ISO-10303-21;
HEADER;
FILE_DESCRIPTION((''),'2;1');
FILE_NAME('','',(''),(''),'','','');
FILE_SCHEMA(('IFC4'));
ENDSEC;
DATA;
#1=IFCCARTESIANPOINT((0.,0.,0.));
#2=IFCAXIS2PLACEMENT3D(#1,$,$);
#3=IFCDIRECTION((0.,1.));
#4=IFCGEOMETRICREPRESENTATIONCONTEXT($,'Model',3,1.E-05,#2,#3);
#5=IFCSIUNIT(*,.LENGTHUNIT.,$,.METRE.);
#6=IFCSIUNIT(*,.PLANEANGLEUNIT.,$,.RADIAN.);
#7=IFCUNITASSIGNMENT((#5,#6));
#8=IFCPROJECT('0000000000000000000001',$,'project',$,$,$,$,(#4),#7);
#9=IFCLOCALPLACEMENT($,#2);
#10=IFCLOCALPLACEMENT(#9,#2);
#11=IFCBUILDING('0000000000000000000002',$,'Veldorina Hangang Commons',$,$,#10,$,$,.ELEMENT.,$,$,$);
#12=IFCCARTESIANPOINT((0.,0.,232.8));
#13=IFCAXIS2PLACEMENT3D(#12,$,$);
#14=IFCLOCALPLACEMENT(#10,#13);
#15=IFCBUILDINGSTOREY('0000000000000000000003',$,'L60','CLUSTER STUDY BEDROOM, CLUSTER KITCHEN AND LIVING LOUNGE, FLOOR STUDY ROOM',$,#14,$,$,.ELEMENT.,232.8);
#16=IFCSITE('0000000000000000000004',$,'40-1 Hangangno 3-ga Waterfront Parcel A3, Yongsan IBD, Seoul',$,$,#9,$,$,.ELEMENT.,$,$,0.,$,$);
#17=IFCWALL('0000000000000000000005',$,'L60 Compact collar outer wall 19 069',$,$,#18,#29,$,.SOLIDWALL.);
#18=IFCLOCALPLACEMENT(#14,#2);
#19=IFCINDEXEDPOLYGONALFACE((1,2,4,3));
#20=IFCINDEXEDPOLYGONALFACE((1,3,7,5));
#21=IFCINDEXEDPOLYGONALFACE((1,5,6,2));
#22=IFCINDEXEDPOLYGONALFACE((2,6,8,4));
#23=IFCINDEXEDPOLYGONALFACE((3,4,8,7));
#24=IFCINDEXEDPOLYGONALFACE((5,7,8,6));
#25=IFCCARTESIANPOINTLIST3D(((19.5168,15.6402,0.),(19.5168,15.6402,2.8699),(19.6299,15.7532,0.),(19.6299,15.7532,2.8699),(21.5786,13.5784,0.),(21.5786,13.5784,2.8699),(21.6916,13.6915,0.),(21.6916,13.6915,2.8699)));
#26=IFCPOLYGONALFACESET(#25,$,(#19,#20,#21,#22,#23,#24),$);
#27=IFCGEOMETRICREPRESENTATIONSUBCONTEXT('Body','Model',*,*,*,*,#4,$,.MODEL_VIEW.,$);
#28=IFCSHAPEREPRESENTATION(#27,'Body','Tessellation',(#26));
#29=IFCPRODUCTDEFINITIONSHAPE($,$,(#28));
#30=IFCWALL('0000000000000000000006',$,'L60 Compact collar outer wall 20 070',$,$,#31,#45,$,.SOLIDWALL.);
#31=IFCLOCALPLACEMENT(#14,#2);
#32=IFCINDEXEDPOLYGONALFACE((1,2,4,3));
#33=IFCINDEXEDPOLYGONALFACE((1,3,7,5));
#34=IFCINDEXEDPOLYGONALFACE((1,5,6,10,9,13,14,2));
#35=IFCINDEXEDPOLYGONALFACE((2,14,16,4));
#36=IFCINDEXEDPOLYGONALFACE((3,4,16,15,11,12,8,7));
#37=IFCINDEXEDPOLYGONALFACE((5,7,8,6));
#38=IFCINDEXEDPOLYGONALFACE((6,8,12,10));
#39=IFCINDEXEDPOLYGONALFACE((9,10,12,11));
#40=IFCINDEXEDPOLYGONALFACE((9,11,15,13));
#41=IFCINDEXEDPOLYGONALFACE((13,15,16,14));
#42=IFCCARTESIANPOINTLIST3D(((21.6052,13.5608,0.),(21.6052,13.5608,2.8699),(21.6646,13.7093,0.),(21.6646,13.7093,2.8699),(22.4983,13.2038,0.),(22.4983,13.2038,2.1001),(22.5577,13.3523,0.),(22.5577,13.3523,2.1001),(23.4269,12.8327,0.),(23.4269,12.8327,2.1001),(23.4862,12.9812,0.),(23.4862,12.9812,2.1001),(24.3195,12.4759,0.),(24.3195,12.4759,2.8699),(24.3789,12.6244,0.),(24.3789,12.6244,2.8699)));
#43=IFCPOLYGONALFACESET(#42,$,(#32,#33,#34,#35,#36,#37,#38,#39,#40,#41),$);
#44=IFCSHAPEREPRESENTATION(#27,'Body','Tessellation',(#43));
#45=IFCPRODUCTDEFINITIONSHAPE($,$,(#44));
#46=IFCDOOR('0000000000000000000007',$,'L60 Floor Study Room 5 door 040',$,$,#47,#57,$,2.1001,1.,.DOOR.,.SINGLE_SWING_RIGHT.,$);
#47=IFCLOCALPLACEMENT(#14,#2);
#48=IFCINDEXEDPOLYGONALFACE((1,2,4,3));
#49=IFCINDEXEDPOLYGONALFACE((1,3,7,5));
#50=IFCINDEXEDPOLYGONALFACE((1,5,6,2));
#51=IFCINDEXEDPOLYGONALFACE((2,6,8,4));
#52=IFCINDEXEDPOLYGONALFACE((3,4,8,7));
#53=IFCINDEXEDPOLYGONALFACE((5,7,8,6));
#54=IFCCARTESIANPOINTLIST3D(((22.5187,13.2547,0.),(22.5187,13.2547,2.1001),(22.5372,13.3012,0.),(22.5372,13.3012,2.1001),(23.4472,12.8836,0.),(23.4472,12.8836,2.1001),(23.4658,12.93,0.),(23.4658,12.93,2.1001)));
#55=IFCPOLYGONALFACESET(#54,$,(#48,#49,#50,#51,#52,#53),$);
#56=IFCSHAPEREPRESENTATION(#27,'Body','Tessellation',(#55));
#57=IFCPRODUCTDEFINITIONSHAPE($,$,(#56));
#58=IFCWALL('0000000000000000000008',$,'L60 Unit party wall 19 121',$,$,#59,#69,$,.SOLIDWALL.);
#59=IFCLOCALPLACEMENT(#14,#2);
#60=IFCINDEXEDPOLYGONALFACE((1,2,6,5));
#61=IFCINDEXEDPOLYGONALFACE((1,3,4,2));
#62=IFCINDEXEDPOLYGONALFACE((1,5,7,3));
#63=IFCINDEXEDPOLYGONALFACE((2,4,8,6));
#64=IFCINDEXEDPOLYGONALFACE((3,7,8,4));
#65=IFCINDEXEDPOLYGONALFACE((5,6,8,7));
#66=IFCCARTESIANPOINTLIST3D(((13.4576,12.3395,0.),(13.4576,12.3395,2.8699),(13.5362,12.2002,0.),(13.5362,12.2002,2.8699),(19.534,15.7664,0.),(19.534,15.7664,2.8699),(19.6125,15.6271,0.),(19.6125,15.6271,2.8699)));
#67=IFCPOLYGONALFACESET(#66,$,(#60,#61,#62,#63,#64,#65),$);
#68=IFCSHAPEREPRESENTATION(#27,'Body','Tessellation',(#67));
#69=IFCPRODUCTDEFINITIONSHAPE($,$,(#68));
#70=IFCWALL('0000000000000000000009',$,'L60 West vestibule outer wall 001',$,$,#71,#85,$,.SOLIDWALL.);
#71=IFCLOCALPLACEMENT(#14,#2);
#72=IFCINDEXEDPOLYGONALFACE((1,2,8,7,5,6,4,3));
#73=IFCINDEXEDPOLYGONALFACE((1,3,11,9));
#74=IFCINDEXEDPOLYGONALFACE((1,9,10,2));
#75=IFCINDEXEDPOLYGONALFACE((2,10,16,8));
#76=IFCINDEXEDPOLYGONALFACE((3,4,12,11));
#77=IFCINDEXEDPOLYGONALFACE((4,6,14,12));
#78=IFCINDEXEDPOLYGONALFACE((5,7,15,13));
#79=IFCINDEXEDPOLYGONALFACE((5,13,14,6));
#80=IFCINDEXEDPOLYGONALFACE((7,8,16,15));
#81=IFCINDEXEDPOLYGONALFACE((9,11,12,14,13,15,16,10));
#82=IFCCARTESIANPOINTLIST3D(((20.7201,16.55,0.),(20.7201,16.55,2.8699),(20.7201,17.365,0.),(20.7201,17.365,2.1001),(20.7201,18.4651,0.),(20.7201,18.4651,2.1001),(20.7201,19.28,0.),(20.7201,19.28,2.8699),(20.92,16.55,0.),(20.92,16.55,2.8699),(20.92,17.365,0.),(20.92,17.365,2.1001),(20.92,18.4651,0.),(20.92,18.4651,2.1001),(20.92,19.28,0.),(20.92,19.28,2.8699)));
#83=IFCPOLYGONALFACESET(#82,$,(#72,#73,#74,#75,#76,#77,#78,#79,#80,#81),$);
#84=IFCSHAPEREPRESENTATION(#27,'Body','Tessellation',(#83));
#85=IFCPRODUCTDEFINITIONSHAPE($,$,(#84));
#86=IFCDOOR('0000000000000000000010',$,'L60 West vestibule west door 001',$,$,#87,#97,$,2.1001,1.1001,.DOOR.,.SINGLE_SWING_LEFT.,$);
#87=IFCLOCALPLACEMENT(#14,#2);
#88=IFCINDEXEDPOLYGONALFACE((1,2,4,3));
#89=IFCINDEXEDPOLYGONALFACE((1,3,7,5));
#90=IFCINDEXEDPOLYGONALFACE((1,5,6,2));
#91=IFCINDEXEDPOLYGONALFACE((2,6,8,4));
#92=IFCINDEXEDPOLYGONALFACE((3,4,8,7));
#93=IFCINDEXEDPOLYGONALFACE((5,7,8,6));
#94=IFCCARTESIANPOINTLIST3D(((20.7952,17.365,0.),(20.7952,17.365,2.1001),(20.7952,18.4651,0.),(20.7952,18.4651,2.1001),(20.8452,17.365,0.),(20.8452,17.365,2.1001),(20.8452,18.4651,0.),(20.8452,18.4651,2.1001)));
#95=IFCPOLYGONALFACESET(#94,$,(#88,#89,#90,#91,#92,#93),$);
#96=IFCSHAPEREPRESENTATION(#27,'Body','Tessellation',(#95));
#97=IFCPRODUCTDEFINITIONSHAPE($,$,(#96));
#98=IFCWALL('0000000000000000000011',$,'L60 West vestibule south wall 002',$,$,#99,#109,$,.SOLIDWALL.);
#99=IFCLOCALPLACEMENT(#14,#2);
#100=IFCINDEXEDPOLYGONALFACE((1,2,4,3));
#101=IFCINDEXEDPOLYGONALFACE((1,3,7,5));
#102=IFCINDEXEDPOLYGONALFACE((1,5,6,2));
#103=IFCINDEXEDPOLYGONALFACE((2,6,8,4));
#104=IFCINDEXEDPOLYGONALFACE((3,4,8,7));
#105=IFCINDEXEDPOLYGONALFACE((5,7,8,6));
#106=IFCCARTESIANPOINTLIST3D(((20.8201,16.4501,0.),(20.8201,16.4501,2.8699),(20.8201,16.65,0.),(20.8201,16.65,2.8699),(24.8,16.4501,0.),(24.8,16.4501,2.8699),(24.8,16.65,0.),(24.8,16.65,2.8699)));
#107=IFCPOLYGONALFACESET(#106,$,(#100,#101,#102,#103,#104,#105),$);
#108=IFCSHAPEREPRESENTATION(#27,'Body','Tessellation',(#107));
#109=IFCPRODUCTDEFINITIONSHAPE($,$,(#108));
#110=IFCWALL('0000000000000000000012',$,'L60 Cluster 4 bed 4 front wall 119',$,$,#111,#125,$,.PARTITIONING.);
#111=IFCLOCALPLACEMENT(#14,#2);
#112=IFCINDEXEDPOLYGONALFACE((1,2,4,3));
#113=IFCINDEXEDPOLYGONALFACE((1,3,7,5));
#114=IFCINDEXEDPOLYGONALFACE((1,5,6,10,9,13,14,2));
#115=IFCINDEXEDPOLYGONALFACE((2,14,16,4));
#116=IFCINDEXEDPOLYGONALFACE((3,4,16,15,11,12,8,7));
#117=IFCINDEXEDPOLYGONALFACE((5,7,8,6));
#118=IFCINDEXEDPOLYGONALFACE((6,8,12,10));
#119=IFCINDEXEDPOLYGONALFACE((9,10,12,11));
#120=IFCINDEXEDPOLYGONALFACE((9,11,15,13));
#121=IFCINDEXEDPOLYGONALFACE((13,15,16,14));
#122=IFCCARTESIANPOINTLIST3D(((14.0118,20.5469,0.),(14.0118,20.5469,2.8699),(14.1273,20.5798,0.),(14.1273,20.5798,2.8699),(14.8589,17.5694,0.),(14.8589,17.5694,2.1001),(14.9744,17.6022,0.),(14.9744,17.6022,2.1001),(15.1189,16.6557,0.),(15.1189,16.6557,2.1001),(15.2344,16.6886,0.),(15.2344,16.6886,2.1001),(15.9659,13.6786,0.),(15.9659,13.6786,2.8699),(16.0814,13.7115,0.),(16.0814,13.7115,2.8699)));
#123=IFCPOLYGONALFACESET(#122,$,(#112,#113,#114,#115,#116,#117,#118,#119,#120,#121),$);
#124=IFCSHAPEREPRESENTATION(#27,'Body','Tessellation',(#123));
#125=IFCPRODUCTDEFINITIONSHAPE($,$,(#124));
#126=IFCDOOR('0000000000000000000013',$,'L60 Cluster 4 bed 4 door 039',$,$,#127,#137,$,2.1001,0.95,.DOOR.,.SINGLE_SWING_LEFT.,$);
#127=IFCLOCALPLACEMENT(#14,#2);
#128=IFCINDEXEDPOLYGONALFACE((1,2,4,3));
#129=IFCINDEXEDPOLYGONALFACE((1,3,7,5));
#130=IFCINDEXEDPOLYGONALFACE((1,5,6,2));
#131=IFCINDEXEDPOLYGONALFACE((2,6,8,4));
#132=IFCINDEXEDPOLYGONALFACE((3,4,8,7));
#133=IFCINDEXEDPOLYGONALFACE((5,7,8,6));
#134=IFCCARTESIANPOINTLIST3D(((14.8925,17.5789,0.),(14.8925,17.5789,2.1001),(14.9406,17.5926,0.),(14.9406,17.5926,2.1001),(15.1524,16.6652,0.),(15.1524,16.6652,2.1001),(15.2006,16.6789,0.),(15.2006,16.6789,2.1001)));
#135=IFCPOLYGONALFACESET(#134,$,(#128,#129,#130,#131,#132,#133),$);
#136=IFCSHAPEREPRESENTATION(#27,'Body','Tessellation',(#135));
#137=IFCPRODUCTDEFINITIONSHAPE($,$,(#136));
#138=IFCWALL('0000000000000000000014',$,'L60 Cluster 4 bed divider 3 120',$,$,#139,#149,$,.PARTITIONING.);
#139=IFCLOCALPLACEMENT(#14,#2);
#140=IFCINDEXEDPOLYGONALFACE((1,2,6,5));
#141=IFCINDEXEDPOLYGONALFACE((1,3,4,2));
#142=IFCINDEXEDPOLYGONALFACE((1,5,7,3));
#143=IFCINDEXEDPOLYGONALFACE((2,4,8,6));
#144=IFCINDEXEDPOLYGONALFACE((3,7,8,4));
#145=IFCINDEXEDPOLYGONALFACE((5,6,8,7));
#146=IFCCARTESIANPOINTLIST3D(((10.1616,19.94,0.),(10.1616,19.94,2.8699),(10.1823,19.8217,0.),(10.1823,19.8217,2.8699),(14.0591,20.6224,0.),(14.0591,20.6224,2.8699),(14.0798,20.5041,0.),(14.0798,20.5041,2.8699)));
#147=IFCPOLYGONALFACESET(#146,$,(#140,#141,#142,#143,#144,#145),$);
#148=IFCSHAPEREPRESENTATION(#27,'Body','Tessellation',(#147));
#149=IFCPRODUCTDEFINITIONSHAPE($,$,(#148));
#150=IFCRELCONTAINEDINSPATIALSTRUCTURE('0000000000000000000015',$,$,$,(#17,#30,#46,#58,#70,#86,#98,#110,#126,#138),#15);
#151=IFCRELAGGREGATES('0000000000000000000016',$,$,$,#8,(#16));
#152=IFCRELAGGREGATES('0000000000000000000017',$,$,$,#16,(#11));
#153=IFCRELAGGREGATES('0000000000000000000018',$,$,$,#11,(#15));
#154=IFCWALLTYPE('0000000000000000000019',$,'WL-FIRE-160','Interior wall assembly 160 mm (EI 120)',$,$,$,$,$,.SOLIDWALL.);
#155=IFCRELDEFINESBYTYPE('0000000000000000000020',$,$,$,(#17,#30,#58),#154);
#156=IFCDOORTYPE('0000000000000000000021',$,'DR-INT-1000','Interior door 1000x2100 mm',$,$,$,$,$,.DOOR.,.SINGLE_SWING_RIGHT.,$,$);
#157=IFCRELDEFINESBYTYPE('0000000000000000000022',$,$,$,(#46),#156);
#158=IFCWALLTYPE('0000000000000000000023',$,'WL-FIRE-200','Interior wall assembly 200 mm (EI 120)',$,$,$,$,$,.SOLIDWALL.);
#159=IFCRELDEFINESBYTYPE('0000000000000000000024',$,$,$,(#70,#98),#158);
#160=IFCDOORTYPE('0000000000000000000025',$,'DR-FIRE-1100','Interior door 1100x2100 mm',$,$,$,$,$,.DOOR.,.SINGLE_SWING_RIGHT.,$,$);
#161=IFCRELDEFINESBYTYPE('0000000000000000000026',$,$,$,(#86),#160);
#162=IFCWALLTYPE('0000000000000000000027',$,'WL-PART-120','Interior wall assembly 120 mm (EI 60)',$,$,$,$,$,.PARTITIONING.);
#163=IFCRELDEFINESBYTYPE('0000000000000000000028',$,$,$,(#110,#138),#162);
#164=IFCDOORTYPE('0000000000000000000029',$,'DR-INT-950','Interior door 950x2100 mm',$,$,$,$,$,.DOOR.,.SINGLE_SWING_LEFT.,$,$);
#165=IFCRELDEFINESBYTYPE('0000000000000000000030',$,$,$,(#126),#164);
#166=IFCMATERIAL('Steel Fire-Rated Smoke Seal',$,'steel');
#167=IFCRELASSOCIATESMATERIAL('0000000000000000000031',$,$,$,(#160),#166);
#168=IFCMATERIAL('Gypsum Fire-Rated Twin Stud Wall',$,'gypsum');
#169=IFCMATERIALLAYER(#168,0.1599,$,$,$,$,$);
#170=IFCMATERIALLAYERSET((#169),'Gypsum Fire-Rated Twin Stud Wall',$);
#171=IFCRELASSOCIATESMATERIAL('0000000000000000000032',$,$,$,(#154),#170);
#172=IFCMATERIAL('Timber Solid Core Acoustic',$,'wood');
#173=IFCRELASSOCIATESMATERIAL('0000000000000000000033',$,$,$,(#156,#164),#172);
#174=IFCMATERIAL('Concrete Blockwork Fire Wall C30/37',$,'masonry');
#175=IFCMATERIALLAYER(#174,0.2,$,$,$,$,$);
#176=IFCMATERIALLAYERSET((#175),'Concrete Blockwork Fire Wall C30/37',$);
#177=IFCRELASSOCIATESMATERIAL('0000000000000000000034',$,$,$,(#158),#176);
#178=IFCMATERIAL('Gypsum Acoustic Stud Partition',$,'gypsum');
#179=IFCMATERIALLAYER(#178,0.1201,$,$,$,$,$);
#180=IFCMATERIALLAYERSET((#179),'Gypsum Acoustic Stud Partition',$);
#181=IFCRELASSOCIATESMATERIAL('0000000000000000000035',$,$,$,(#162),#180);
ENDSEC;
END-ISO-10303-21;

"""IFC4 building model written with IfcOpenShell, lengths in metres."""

from ifc_helpers import new_model, si_unit, direction, frame, frame_2d, origin, place, context, subcontext, project, spatial, rectangle, extrude, material, layer, layer_set, type_object, element, fill, save


model = new_model("IFC4")

# Units and contexts
model_context = context("Model", 3, precision=1e-05, world=origin(), true_north=direction((0.0, 1.0)))
body_context = subcontext(model_context, "Body", "Model", "MODEL_VIEW")
ifc_project = project(units=[si_unit("LENGTHUNIT", "METRE"), si_unit("PLANEANGLEUNIT", "RADIAN")], contexts=[model_context])

# Site, building, storey
site_placement = place(None, origin())
site = spatial("IfcSite", under=ifc_project, at=site_placement, Name="40-1 Hangangno 3-ga Waterfront Parcel A3, Yongsan IBD, Seoul", CompositionType="ELEMENT", RefElevation=0.0)
building_placement = place(site_placement, origin())
building = spatial("IfcBuilding", under=site, at=building_placement, Name="Veldorina Hangang Commons", CompositionType="ELEMENT")
storey_placement = place(building_placement, frame((0.0, 0.0, 232.8)))
storey = spatial("IfcBuildingStorey", under=building, at=storey_placement, Name="L60", Description="CLUSTER STUDY BEDROOM, CLUSTER KITCHEN AND LIVING LOUNGE, FLOOR STUDY ROOM", CompositionType="ELEMENT", Elevation=232.8)

# Shared definitions
ifc_material_1 = material(Name="Steel Fire-Rated Smoke Seal", Category="steel")
door_type_1 = type_object("IfcDoorType", Name="DR-FIRE-1100", Description="Interior door 1100x2100 mm", OperationType="SINGLE_SWING_RIGHT", PredefinedType="DOOR", material=ifc_material_1)

# Wall
ifc_material_2 = material(Name="Gypsum Fire-Rated Twin Stud Wall", Category="gypsum")
ifc_layer_1 = layer(ifc_material_2, 0.1599)
ifc_layer_set_1 = layer_set([ifc_layer_1], Name="Gypsum Fire-Rated Twin Stud Wall")
wall_type_1 = type_object("IfcWallType", Name="WL-FIRE-160", Description="Interior wall assembly 160 mm (EI 120)", PredefinedType="SOLIDWALL", material=ifc_layer_set_1)
wall_1_placement = place(storey_placement, frame((19.5732, 15.6968, 0.0), z_axis=(0.0, 0.0, 1.0), x_axis=(0.707107, -0.707107, 0.0)))
element("IfcWall", 1, at=wall_1_placement, inside=storey, type_object=wall_type_1, Name="L60 Compact collar outer wall 19 069", PredefinedType="SOLIDWALL", context=body_context, shape_type="SweptSolid", body=[
    extrude(rectangle(XDim=2.9158, YDim=0.1599, at=frame_2d((1.458, 0.0))), origin(), (0.0, 0.0, 1.0), 2.8699),
])

# Wall, opening, door
wall_2_placement = place(storey_placement, frame((21.635, 13.635, 0.0), z_axis=(0.0, 0.0, 1.0), x_axis=(0.928569, -0.37116, 0.0)))
wall_2 = element("IfcWall", 2, at=wall_2_placement, inside=storey, type_object=wall_type_1, Name="L60 Compact collar outer wall 20 070", PredefinedType="SOLIDWALL", context=body_context, shape_type="SweptSolid", body=[
    extrude(rectangle(XDim=2.9231, YDim=0.1599, at=frame_2d((1.4614, 0.0))), origin(), (0.0, 0.0, 1.0), 2.8699),
])
opening_1_placement = place(wall_2_placement, frame((0.9617, 0.0, 0.0)))
opening_1 = element("IfcOpeningElement", 3, at=opening_1_placement, cuts=wall_2, PredefinedType="OPENING", context=body_context, shape_type="SweptSolid", body=[
    extrude(rectangle(XDim=1.0, YDim=2.1001, at=frame_2d((0.5, 1.05))), frame((0.0, 0.0898, 0.0), z_axis=(0.0, -1.0, 0.0), x_axis=(1.0, 0.0, 0.0)), (0.0, 0.0, 1.0), 0.1799),
])
ifc_material_3 = material(Name="Timber Solid Core Acoustic", Category="wood")
door_type_2 = type_object("IfcDoorType", Name="DR-INT-1000", Description="Interior door 1000x2100 mm", OperationType="SINGLE_SWING_RIGHT", PredefinedType="DOOR", material=ifc_material_3)
door_1_placement = place(opening_1_placement, origin())
door_1 = element("IfcDoor", 4, at=door_1_placement, inside=storey, type_object=door_type_2, Name="L60 Floor Study Room 5 door 040", OperationType="SINGLE_SWING_RIGHT", OverallHeight=2.1001, OverallWidth=1.0, PredefinedType="DOOR", context=body_context, shape_type="SweptSolid", body=[
    extrude(rectangle(XDim=1.0, YDim=2.1001, at=frame_2d((0.5, 1.05))), frame((0.0, 0.0249, 0.0), z_axis=(0.0, -1.0, 0.0), x_axis=(1.0, 0.0, 0.0)), (0.0, 0.0, 1.0), 0.05),
])
fill(opening_1, door_1)

# Wall
wall_3_placement = place(storey_placement, frame((19.5732, 15.6968, 0.0), z_axis=(0.0, 0.0, 1.0), x_axis=(-0.871023, -0.491243, 0.0)))
element("IfcWall", 5, at=wall_3_placement, inside=storey, type_object=wall_type_1, Name="L60 Unit party wall 19 121", PredefinedType="SOLIDWALL", context=body_context, shape_type="SweptSolid", body=[
    extrude(rectangle(XDim=6.9761, YDim=0.1599, at=frame_2d((3.488, 0.0))), origin(), (0.0, 0.0, 1.0), 2.8699),
])

# Wall, opening, door
ifc_material_4 = material(Name="Concrete Blockwork Fire Wall C30/37", Category="masonry")
ifc_layer_2 = layer(ifc_material_4, 0.2)
ifc_layer_set_2 = layer_set([ifc_layer_2], Name="Concrete Blockwork Fire Wall C30/37")
wall_type_2 = type_object("IfcWallType", Name="WL-FIRE-200", Description="Interior wall assembly 200 mm (EI 120)", PredefinedType="SOLIDWALL", material=ifc_layer_set_2)
wall_4_placement = place(storey_placement, frame((20.8201, 16.55, 0.0), z_axis=(0.0, 0.0, 1.0), x_axis=(0.0, 1.0, 0.0)))
wall_4 = element("IfcWall", 6, at=wall_4_placement, inside=storey, type_object=wall_type_2, Name="L60 West vestibule outer wall 001", PredefinedType="SOLIDWALL", context=body_context, shape_type="SweptSolid", body=[
    extrude(rectangle(XDim=2.73, YDim=0.2, at=frame_2d((1.365, 0.0))), origin(), (0.0, 0.0, 1.0), 2.8699),
])
opening_2_placement = place(wall_4_placement, frame((0.8149, 0.0, 0.0)))
opening_2 = element("IfcOpeningElement", 7, at=opening_2_placement, cuts=wall_4, PredefinedType="OPENING", context=body_context, shape_type="SweptSolid", body=[
    extrude(rectangle(XDim=1.1001, YDim=2.1001, at=frame_2d((0.55, 1.05))), frame((0.0, 0.1099, 0.0), z_axis=(0.0, -1.0, 0.0), x_axis=(1.0, 0.0, 0.0)), (0.0, 0.0, 1.0), 0.22),
])
door_2_placement = place(opening_2_placement, origin())
door_2 = element("IfcDoor", 8, at=door_2_placement, inside=storey, type_object=door_type_1, Name="L60 West vestibule west door 001", OperationType="SINGLE_SWING_LEFT", OverallHeight=2.1001, OverallWidth=1.1001, PredefinedType="DOOR", context=body_context, shape_type="SweptSolid", body=[
    extrude(rectangle(XDim=1.1001, YDim=2.1001, at=frame_2d((0.55, 1.05))), frame((0.0, 0.0249, 0.0), z_axis=(0.0, -1.0, 0.0), x_axis=(1.0, 0.0, 0.0)), (0.0, 0.0, 1.0), 0.05),
])
fill(opening_2, door_2)

# Wall
wall_5_placement = place(storey_placement, frame((20.8201, 16.55, 0.0), z_axis=(0.0, 0.0, 1.0), x_axis=(1.0, 0.0, 0.0)))
element("IfcWall", 9, at=wall_5_placement, inside=storey, type_object=wall_type_2, Name="L60 West vestibule south wall 002", PredefinedType="SOLIDWALL", context=body_context, shape_type="SweptSolid", body=[
    extrude(rectangle(XDim=3.98, YDim=0.2, at=frame_2d((1.99, 0.0))), origin(), (0.0, 0.0, 1.0), 2.8699),
])

# Wall, opening, door
ifc_material_5 = material(Name="Gypsum Acoustic Stud Partition", Category="gypsum")
ifc_layer_3 = layer(ifc_material_5, 0.1201)
ifc_layer_set_3 = layer_set([ifc_layer_3], Name="Gypsum Acoustic Stud Partition")
wall_type_3 = type_object("IfcWallType", Name="WL-PART-120", Description="Interior wall assembly 120 mm (EI 60)", PredefinedType="PARTITIONING", material=ifc_layer_set_3)
wall_6_placement = place(storey_placement, frame((14.0696, 20.5632, 0.0), z_axis=(0.0, 0.0, 1.0), x_axis=(0.273646, -0.96183, 0.0)))
wall_6 = element("IfcWall", 10, at=wall_6_placement, inside=storey, type_object=wall_type_3, Name="L60 Cluster 4 bed 4 front wall 119", PredefinedType="PARTITIONING", context=body_context, shape_type="SweptSolid", body=[
    extrude(rectangle(XDim=7.1409, YDim=0.1201, at=frame_2d((3.5703, 0.0))), origin(), (0.0, 0.0, 1.0), 2.8699),
])
opening_3_placement = place(wall_6_placement, frame((3.0955, 0.0, 0.0)))
opening_3 = element("IfcOpeningElement", 11, at=opening_3_placement, cuts=wall_6, PredefinedType="OPENING", context=body_context, shape_type="SweptSolid", body=[
    extrude(rectangle(XDim=0.95, YDim=2.1001, at=frame_2d((0.4751, 1.05))), frame((0.0, 0.0701, 0.0), z_axis=(0.0, -1.0, 0.0), x_axis=(1.0, 0.0, 0.0)), (0.0, 0.0, 1.0), 0.1401),
])
door_type_3 = type_object("IfcDoorType", Name="DR-INT-950", Description="Interior door 950x2100 mm", OperationType="SINGLE_SWING_LEFT", PredefinedType="DOOR", material=ifc_material_3)
door_3_placement = place(opening_3_placement, origin())
door_3 = element("IfcDoor", 12, at=door_3_placement, inside=storey, type_object=door_type_3, Name="L60 Cluster 4 bed 4 door 039", OperationType="SINGLE_SWING_LEFT", OverallHeight=2.1001, OverallWidth=0.95, PredefinedType="DOOR", context=body_context, shape_type="SweptSolid", body=[
    extrude(rectangle(XDim=0.95, YDim=2.1001, at=frame_2d((0.4751, 1.05))), frame((0.0, 0.0249, 0.0), z_axis=(0.0, -1.0, 0.0), x_axis=(1.0, 0.0, 0.0)), (0.0, 0.0, 1.0), 0.05),
])
fill(opening_3, door_3)

# Wall
wall_7_placement = place(storey_placement, frame((14.0696, 20.5632, 0.0), z_axis=(0.0, 0.0, 1.0), x_axis=(-0.985017, -0.172458, 0.0)))
element("IfcWall", 13, at=wall_7_placement, inside=storey, type_object=wall_type_3, Name="L60 Cluster 4 bed divider 3 120", PredefinedType="PARTITIONING", context=body_context, shape_type="SweptSolid", body=[
    extrude(rectangle(XDim=3.9568, YDim=0.1201, at=frame_2d((1.9785, 0.0))), origin(), (0.0, 0.0, 1.0), 2.8699),
])

save(model, "model.ifc")
